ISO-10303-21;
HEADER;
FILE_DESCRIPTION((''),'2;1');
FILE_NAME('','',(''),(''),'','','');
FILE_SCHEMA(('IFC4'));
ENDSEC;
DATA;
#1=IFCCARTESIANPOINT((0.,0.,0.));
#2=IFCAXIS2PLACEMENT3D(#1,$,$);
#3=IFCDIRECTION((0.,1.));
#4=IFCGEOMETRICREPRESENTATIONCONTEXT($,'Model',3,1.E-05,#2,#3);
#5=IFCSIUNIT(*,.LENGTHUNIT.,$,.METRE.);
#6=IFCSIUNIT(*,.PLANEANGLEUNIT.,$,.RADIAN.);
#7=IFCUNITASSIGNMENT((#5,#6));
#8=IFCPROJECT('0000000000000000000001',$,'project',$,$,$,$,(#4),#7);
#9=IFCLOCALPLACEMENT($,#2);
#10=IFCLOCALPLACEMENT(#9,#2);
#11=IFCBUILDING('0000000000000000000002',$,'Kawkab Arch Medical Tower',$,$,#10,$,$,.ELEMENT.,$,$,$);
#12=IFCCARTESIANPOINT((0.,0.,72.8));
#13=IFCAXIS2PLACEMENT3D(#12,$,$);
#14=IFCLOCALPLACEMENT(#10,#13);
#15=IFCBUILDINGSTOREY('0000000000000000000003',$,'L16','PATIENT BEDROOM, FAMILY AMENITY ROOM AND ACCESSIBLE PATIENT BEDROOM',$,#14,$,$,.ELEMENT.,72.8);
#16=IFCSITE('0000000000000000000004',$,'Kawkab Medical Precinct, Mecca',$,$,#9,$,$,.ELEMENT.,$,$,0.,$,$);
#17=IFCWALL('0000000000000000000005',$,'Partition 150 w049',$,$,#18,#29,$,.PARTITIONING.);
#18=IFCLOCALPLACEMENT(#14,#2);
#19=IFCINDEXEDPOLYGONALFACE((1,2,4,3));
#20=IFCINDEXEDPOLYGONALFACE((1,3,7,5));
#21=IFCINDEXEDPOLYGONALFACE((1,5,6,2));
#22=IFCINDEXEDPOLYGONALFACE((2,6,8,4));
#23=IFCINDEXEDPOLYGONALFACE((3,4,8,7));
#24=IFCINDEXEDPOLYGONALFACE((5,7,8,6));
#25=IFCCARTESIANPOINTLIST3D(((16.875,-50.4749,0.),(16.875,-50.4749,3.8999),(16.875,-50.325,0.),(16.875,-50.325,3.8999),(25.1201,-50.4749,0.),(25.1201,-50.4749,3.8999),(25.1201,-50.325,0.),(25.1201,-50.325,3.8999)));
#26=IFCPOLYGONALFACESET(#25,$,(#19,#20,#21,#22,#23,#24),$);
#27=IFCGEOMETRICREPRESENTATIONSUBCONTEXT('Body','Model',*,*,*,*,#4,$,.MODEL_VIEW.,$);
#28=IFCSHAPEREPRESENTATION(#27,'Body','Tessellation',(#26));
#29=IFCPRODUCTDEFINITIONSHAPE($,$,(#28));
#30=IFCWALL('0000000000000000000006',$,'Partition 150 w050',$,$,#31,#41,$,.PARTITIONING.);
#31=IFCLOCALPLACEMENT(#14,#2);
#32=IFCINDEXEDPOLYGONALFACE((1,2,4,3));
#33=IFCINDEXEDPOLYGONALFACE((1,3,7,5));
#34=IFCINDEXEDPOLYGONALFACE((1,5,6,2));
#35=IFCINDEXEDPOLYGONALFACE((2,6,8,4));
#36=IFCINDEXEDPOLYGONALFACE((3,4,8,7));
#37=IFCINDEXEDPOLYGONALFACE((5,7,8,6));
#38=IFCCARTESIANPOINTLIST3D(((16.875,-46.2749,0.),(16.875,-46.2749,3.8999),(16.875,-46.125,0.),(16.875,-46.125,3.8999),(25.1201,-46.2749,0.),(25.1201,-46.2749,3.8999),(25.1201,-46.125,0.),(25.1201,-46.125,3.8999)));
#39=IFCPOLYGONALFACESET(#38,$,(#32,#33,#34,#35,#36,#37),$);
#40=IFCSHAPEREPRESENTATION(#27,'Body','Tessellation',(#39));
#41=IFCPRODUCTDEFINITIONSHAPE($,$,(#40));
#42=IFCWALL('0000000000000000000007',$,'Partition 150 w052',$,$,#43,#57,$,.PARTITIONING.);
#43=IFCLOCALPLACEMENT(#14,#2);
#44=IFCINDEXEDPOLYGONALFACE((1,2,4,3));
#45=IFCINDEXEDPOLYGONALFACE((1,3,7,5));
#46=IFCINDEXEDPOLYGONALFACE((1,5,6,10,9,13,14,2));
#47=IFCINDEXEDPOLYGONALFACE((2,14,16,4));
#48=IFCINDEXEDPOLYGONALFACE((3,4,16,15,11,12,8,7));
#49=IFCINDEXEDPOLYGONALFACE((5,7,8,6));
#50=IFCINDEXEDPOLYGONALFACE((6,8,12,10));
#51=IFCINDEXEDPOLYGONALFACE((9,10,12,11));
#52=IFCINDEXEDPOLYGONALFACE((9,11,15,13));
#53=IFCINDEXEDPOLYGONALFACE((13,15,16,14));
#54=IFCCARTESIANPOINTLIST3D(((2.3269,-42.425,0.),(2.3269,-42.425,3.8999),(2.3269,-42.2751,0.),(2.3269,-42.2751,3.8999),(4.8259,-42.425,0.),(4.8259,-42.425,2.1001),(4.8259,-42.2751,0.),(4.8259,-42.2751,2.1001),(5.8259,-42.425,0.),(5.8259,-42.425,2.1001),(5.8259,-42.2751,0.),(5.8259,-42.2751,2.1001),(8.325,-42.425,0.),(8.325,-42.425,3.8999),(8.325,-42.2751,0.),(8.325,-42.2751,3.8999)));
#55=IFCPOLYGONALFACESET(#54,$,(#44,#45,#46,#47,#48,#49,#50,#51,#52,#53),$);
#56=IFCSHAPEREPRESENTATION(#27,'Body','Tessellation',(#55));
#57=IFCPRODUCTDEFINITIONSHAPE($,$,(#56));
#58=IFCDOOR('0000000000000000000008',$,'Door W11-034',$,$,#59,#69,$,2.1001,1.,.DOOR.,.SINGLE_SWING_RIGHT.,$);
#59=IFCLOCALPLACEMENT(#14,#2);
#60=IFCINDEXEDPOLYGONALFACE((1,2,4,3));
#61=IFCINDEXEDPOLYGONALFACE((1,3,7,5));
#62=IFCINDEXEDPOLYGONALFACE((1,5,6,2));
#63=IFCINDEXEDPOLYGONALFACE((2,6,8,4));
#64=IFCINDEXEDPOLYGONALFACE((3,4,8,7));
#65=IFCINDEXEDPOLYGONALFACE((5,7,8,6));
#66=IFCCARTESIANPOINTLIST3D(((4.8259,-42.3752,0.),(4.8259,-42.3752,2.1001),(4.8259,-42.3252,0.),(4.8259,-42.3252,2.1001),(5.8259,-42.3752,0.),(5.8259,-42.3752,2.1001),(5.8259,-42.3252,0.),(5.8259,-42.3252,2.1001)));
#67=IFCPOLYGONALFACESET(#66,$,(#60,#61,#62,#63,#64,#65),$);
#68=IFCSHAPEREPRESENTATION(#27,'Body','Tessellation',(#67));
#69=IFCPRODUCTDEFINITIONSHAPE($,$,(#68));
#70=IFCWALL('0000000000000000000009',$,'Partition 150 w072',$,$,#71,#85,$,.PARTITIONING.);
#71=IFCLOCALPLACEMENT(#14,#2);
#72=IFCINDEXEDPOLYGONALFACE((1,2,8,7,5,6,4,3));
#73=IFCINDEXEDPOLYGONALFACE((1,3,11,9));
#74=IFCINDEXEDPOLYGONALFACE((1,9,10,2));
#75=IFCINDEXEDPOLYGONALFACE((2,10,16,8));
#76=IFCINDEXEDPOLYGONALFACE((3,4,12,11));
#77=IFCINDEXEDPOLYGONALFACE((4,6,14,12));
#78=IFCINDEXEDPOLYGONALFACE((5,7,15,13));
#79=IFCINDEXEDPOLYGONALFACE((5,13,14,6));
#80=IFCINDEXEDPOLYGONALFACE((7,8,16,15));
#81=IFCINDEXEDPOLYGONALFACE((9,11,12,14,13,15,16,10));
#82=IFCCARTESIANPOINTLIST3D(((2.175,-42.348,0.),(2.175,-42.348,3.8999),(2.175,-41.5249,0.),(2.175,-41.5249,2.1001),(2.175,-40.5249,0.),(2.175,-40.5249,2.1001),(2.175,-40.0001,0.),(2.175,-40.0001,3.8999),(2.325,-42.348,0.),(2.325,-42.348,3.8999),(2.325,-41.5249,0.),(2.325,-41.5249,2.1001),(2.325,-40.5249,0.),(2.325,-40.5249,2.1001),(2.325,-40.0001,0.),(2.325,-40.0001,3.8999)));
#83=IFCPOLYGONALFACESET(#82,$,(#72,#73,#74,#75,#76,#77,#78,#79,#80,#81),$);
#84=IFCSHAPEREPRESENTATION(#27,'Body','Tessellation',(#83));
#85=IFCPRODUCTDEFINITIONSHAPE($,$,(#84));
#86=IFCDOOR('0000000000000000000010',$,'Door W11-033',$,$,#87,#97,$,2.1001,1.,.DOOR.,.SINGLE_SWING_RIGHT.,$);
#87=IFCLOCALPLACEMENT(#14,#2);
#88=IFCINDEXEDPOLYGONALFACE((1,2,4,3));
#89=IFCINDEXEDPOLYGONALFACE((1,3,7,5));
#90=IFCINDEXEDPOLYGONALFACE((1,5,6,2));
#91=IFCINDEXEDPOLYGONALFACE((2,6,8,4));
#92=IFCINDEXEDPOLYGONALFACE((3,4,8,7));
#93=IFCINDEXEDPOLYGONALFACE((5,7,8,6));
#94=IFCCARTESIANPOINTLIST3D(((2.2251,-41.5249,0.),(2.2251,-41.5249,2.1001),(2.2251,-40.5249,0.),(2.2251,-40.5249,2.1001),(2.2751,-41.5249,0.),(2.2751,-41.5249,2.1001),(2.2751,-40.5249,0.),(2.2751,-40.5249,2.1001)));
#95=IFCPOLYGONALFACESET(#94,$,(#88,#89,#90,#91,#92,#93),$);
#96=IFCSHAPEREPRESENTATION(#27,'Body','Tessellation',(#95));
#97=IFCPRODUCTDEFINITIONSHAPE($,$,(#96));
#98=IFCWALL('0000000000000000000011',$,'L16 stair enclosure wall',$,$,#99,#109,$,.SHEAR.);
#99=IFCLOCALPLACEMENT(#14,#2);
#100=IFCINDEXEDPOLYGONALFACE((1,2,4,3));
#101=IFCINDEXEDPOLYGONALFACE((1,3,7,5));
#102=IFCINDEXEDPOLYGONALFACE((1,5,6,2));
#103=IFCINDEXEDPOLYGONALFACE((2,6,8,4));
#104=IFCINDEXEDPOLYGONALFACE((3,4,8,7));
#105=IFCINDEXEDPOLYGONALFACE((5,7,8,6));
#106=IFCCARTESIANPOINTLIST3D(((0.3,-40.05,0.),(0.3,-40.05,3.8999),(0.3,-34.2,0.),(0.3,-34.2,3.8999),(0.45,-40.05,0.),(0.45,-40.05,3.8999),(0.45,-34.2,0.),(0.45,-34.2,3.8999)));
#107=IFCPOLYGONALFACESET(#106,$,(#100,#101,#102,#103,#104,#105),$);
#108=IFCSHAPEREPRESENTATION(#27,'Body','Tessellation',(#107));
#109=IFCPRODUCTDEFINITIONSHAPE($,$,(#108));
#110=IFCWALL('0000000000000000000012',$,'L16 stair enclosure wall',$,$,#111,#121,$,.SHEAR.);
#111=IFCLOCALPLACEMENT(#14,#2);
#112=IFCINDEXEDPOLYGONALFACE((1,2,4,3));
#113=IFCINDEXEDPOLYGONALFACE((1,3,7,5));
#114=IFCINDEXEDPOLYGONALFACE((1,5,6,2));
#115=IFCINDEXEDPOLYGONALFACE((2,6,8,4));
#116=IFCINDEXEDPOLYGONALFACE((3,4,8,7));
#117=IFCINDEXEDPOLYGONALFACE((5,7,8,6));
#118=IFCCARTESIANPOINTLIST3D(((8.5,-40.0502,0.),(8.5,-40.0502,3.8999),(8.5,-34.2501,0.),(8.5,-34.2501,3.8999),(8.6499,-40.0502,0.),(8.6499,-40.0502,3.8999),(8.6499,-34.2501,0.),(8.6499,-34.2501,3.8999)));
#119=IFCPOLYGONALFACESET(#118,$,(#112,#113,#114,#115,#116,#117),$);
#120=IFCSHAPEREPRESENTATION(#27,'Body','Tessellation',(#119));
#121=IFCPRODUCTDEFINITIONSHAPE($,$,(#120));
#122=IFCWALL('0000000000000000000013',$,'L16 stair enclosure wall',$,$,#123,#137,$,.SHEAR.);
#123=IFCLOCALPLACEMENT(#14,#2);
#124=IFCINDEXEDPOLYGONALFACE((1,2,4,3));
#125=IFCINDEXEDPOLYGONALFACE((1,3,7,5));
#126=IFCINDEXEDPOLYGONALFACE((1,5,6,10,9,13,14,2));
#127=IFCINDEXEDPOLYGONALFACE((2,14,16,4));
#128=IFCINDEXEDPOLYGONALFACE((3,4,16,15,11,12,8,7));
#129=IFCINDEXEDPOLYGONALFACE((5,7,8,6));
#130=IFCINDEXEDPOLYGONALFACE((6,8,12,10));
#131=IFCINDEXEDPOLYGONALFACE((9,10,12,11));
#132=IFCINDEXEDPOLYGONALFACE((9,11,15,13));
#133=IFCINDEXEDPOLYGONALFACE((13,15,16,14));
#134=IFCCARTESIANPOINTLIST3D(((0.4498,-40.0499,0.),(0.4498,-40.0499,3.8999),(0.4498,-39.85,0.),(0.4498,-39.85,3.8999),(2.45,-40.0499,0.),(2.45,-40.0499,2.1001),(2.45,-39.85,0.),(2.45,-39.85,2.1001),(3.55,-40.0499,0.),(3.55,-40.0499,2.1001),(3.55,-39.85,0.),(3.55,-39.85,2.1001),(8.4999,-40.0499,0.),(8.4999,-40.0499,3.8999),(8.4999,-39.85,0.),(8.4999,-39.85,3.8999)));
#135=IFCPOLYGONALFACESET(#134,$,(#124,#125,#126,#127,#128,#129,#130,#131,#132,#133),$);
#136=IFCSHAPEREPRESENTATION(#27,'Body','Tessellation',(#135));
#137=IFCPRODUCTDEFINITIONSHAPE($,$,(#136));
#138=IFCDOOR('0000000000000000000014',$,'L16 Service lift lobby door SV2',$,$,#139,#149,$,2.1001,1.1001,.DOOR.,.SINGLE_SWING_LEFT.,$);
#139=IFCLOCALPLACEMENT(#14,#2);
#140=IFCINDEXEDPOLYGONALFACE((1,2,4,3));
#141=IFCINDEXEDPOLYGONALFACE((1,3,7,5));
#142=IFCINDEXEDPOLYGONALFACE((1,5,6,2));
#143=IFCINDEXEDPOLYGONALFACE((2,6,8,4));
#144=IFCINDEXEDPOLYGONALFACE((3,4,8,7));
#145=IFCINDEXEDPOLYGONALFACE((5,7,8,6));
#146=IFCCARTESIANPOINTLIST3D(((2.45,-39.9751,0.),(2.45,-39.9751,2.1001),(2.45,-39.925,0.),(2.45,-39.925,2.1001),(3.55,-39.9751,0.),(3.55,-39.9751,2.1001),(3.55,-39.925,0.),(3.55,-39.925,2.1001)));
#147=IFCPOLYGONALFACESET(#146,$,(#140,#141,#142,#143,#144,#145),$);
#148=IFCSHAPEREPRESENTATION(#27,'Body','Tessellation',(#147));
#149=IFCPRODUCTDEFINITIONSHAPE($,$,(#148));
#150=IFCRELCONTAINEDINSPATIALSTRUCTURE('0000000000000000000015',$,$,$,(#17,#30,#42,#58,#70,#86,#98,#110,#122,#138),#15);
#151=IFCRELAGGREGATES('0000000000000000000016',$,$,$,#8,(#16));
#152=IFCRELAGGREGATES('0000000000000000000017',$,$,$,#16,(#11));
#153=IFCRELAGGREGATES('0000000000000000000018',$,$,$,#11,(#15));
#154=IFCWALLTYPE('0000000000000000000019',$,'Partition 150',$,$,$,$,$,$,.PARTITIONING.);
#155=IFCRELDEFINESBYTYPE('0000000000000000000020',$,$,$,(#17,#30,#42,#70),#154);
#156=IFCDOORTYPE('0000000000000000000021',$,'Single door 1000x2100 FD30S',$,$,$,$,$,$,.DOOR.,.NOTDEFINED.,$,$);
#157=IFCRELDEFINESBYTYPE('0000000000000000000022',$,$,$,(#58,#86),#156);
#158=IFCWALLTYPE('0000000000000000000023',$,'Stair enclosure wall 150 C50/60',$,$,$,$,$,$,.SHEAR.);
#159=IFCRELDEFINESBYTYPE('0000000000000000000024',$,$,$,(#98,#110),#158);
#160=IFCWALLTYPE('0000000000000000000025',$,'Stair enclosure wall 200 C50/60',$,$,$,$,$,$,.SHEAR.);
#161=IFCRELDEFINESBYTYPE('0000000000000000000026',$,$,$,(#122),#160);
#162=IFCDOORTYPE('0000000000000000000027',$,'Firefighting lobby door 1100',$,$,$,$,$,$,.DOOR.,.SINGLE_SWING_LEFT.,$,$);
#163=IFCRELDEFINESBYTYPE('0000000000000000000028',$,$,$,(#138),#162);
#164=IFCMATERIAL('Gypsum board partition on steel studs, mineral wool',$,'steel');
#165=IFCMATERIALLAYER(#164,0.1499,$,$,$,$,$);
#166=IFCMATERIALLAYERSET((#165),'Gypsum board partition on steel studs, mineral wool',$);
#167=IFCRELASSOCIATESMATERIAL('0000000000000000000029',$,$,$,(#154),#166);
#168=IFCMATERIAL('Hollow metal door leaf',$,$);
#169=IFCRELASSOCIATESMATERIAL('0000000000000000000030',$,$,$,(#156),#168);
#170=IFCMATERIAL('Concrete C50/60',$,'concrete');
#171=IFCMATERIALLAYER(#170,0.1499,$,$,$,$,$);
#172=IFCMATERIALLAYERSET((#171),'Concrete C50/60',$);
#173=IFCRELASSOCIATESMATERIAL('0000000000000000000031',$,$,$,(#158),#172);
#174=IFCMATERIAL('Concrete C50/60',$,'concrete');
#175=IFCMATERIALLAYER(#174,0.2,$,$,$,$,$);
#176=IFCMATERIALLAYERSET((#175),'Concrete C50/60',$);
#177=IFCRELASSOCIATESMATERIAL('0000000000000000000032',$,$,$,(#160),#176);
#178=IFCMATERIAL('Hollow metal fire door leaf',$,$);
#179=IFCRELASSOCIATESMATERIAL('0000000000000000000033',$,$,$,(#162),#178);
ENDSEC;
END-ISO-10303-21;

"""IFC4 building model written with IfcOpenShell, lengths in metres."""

from ifc_helpers import new_model, si_unit, direction, frame, frame_2d, origin, place, context, subcontext, project, spatial, rectangle, extrude, material, layer, layer_set, type_object, element, fill, save


model = new_model("IFC4")

# Units and contexts
model_context = context("Model", 3, precision=1e-05, world=origin(), true_north=direction((0.0, 1.0)))
body_context = subcontext(model_context, "Body", "Model", "MODEL_VIEW")
ifc_project = project(units=[si_unit("LENGTHUNIT", "METRE"), si_unit("PLANEANGLEUNIT", "RADIAN")], contexts=[model_context])

# Site, building, storey
site_placement = place(None, origin())
site = spatial("IfcSite", under=ifc_project, at=site_placement, Name="Kawkab Medical Precinct, Mecca", CompositionType="ELEMENT", RefElevation=0.0)
building_placement = place(site_placement, origin())
building = spatial("IfcBuilding", under=site, at=building_placement, Name="Kawkab Arch Medical Tower", CompositionType="ELEMENT")
storey_placement = place(building_placement, frame((0.0, 0.0, 72.8)))
storey = spatial("IfcBuildingStorey", under=building, at=storey_placement, Name="L16", Description="PATIENT BEDROOM, FAMILY AMENITY ROOM AND ACCESSIBLE PATIENT BEDROOM", CompositionType="ELEMENT", Elevation=72.8)

# Walls
ifc_material_1 = material(Name="Gypsum board partition on steel studs, mineral wool", Category="steel")
ifc_layer_1 = layer(ifc_material_1, 0.1499)
ifc_layer_set_1 = layer_set([ifc_layer_1], Name="Gypsum board partition on steel studs, mineral wool")
wall_type_1 = type_object("IfcWallType", Name="Partition 150", PredefinedType="PARTITIONING", material=ifc_layer_set_1)
for number, where, z_axis, x_axis, name in (
    (1, (16.875, -50.3999, 0.0), (0.0, 0.0, 1.0), (1.0, 0.0, 0.0), "Partition 150 w049"),
    (2, (16.875, -46.2, 0.0), (0.0, 0.0, 1.0), (1.0, 0.0, 0.0), "Partition 150 w050"),
):
    element("IfcWall", number, at=place(storey_placement, frame(where, z_axis=z_axis, x_axis=x_axis)), inside=storey, type_object=wall_type_1, Name=name, PredefinedType="PARTITIONING", context=body_context, shape_type="SweptSolid", body=[
        extrude(rectangle(XDim=8.2451, YDim=0.1499, at=frame_2d((4.1226, 0.0))), origin(), (0.0, 0.0, 1.0), 3.8999),
    ])

# Walls, openings, doors
wall_1_placement = place(storey_placement, frame((2.3269, -42.3501, 0.0), z_axis=(0.0, 0.0, 1.0), x_axis=(1.0, 0.0, 0.0)))
wall_1 = element("IfcWall", 3, at=wall_1_placement, inside=storey, type_object=wall_type_1, Name="Partition 150 w052", PredefinedType="PARTITIONING", context=body_context, shape_type="SweptSolid", body=[
    extrude(rectangle(XDim=5.998, YDim=0.1499, at=frame_2d((2.999, 0.0))), origin(), (0.0, 0.0, 1.0), 3.8999),
])
opening_1_placement = place(wall_1_placement, frame((2.499, 0.0, 0.0)))
opening_1 = element("IfcOpeningElement", 4, at=opening_1_placement, cuts=wall_1, PredefinedType="OPENING", context=body_context, shape_type="SweptSolid", body=[
    extrude(rectangle(XDim=1.0, YDim=2.1001, at=frame_2d((0.5, 1.05))), frame((0.0, 0.085, 0.0), z_axis=(0.0, -1.0, 0.0), x_axis=(1.0, 0.0, 0.0)), (0.0, 0.0, 1.0), 0.1699),
])
ifc_material_2 = material(Name="Hollow metal door leaf")
door_type_1 = type_object("IfcDoorType", Name="Single door 1000x2100 FD30S", OperationType="NOTDEFINED", PredefinedType="DOOR", material=ifc_material_2)
door_1_placement = place(opening_1_placement, origin())
door_1 = element("IfcDoor", 5, at=door_1_placement, inside=storey, type_object=door_type_1, Name="Door W11-034", OperationType="SINGLE_SWING_RIGHT", OverallHeight=2.1001, OverallWidth=1.0, PredefinedType="DOOR", context=body_context, shape_type="SweptSolid", body=[
    extrude(rectangle(XDim=1.0, YDim=2.1001, at=frame_2d((0.5, 1.05))), frame((0.0, 0.0249, 0.0), z_axis=(0.0, -1.0, 0.0), x_axis=(1.0, 0.0, 0.0)), (0.0, 0.0, 1.0), 0.05),
])
fill(opening_1, door_1)
wall_2_placement = place(storey_placement, frame((2.25, -42.3479, 0.0), z_axis=(0.0, 0.0, 1.0), x_axis=(0.0, 1.0, 0.0)))
wall_2 = element("IfcWall", 6, at=wall_2_placement, inside=storey, type_object=wall_type_1, Name="Partition 150 w072", PredefinedType="PARTITIONING", context=body_context, shape_type="SweptSolid", body=[
    extrude(rectangle(XDim=2.3479, YDim=0.1499, at=frame_2d((1.1738, 0.0))), origin(), (0.0, 0.0, 1.0), 3.8999),
])
opening_2_placement = place(wall_2_placement, frame((0.823, 0.0, 0.0)))
opening_2 = element("IfcOpeningElement", 7, at=opening_2_placement, cuts=wall_2, PredefinedType="OPENING", context=body_context, shape_type="SweptSolid", body=[
    extrude(rectangle(XDim=1.0, YDim=2.1001, at=frame_2d((0.5, 1.05))), frame((0.0, 0.085, 0.0), z_axis=(0.0, -1.0, 0.0), x_axis=(1.0, 0.0, 0.0)), (0.0, 0.0, 1.0), 0.1699),
])
door_2_placement = place(opening_2_placement, origin())
door_2 = element("IfcDoor", 8, at=door_2_placement, inside=storey, type_object=door_type_1, Name="Door W11-033", OperationType="SINGLE_SWING_RIGHT", OverallHeight=2.1001, OverallWidth=1.0, PredefinedType="DOOR", context=body_context, shape_type="SweptSolid", body=[
    extrude(rectangle(XDim=1.0, YDim=2.1001, at=frame_2d((0.5, 1.05))), frame((0.0, 0.0249, 0.0), z_axis=(0.0, -1.0, 0.0), x_axis=(1.0, 0.0, 0.0)), (0.0, 0.0, 1.0), 0.05),
])
fill(opening_2, door_2)

# Walls
ifc_material_3 = material(Name="Concrete C50/60", Category="concrete")
ifc_layer_2 = layer(ifc_material_3, 0.1499)
ifc_layer_set_2 = layer_set([ifc_layer_2], Name="Concrete C50/60")
wall_type_2 = type_object("IfcWallType", Name="Stair enclosure wall 150 C50/60", PredefinedType="SHEAR", material=ifc_layer_set_2)
wall_3_placement = place(storey_placement, frame((0.375, -40.05, 0.0), z_axis=(0.0, 0.0, 1.0), x_axis=(0.0, 1.0, 0.0)))
element("IfcWall", 9, at=wall_3_placement, inside=storey, type_object=wall_type_2, Name="L16 stair enclosure wall", PredefinedType="SHEAR", context=body_context, shape_type="SweptSolid", body=[
    extrude(rectangle(XDim=5.8501, YDim=0.1499, at=frame_2d((2.925, 0.0))), origin(), (0.0, 0.0, 1.0), 3.8999),
])
wall_4_placement = place(storey_placement, frame((8.575, -40.05, 0.0), z_axis=(0.0, 0.0, 1.0), x_axis=(0.0, 1.0, 0.0)))
element("IfcWall", 10, at=wall_4_placement, inside=storey, type_object=wall_type_2, Name="L16 stair enclosure wall", PredefinedType="SHEAR", context=body_context, shape_type="SweptSolid", body=[
    extrude(rectangle(XDim=5.8, YDim=0.1499, at=frame_2d((2.8999, 0.0))), origin(), (0.0, 0.0, 1.0), 3.8999),
])

# Wall, opening, door
ifc_material_4 = material(Name="Concrete C50/60", Category="concrete")
ifc_layer_3 = layer(ifc_material_4, 0.2)
ifc_layer_set_3 = layer_set([ifc_layer_3], Name="Concrete C50/60")
wall_type_3 = type_object("IfcWallType", Name="Stair enclosure wall 200 C50/60", PredefinedType="SHEAR", material=ifc_layer_set_3)
wall_5_placement = place(storey_placement, frame((0.45, -39.95, 0.0), z_axis=(0.0, 0.0, 1.0), x_axis=(1.0, 0.0, 0.0)))
wall_5 = element("IfcWall", 11, at=wall_5_placement, inside=storey, type_object=wall_type_3, Name="L16 stair enclosure wall", PredefinedType="SHEAR", context=body_context, shape_type="SweptSolid", body=[
    extrude(rectangle(XDim=8.05, YDim=0.2, at=frame_2d((4.0249, 0.0))), origin(), (0.0, 0.0, 1.0), 3.8999),
])
opening_3_placement = place(wall_5_placement, frame((2.0, 0.0, 0.0)))
opening_3 = element("IfcOpeningElement", 12, at=opening_3_placement, cuts=wall_5, PredefinedType="OPENING", context=body_context, shape_type="SweptSolid", body=[
    extrude(rectangle(XDim=1.1001, YDim=2.1001, at=frame_2d((0.55, 1.05))), frame((0.0, 0.1099, 0.0), z_axis=(0.0, -1.0, 0.0), x_axis=(1.0, 0.0, 0.0)), (0.0, 0.0, 1.0), 0.22),
])
ifc_material_5 = material(Name="Hollow metal fire door leaf")
door_type_2 = type_object("IfcDoorType", Name="Firefighting lobby door 1100", OperationType="SINGLE_SWING_LEFT", PredefinedType="DOOR", material=ifc_material_5)
door_3_placement = place(opening_3_placement, origin())
door_3 = element("IfcDoor", 13, at=door_3_placement, inside=storey, type_object=door_type_2, Name="L16 Service lift lobby door SV2", OperationType="SINGLE_SWING_LEFT", OverallHeight=2.1001, OverallWidth=1.1001, PredefinedType="DOOR", context=body_context, shape_type="SweptSolid", body=[
    extrude(rectangle(XDim=1.1001, YDim=2.1001, at=frame_2d((0.55, 1.05))), frame((0.0, 0.0249, 0.0), z_axis=(0.0, -1.0, 0.0), x_axis=(1.0, 0.0, 0.0)), (0.0, 0.0, 1.0), 0.05),
])
fill(opening_3, door_3)

save(model, "model.ifc")
